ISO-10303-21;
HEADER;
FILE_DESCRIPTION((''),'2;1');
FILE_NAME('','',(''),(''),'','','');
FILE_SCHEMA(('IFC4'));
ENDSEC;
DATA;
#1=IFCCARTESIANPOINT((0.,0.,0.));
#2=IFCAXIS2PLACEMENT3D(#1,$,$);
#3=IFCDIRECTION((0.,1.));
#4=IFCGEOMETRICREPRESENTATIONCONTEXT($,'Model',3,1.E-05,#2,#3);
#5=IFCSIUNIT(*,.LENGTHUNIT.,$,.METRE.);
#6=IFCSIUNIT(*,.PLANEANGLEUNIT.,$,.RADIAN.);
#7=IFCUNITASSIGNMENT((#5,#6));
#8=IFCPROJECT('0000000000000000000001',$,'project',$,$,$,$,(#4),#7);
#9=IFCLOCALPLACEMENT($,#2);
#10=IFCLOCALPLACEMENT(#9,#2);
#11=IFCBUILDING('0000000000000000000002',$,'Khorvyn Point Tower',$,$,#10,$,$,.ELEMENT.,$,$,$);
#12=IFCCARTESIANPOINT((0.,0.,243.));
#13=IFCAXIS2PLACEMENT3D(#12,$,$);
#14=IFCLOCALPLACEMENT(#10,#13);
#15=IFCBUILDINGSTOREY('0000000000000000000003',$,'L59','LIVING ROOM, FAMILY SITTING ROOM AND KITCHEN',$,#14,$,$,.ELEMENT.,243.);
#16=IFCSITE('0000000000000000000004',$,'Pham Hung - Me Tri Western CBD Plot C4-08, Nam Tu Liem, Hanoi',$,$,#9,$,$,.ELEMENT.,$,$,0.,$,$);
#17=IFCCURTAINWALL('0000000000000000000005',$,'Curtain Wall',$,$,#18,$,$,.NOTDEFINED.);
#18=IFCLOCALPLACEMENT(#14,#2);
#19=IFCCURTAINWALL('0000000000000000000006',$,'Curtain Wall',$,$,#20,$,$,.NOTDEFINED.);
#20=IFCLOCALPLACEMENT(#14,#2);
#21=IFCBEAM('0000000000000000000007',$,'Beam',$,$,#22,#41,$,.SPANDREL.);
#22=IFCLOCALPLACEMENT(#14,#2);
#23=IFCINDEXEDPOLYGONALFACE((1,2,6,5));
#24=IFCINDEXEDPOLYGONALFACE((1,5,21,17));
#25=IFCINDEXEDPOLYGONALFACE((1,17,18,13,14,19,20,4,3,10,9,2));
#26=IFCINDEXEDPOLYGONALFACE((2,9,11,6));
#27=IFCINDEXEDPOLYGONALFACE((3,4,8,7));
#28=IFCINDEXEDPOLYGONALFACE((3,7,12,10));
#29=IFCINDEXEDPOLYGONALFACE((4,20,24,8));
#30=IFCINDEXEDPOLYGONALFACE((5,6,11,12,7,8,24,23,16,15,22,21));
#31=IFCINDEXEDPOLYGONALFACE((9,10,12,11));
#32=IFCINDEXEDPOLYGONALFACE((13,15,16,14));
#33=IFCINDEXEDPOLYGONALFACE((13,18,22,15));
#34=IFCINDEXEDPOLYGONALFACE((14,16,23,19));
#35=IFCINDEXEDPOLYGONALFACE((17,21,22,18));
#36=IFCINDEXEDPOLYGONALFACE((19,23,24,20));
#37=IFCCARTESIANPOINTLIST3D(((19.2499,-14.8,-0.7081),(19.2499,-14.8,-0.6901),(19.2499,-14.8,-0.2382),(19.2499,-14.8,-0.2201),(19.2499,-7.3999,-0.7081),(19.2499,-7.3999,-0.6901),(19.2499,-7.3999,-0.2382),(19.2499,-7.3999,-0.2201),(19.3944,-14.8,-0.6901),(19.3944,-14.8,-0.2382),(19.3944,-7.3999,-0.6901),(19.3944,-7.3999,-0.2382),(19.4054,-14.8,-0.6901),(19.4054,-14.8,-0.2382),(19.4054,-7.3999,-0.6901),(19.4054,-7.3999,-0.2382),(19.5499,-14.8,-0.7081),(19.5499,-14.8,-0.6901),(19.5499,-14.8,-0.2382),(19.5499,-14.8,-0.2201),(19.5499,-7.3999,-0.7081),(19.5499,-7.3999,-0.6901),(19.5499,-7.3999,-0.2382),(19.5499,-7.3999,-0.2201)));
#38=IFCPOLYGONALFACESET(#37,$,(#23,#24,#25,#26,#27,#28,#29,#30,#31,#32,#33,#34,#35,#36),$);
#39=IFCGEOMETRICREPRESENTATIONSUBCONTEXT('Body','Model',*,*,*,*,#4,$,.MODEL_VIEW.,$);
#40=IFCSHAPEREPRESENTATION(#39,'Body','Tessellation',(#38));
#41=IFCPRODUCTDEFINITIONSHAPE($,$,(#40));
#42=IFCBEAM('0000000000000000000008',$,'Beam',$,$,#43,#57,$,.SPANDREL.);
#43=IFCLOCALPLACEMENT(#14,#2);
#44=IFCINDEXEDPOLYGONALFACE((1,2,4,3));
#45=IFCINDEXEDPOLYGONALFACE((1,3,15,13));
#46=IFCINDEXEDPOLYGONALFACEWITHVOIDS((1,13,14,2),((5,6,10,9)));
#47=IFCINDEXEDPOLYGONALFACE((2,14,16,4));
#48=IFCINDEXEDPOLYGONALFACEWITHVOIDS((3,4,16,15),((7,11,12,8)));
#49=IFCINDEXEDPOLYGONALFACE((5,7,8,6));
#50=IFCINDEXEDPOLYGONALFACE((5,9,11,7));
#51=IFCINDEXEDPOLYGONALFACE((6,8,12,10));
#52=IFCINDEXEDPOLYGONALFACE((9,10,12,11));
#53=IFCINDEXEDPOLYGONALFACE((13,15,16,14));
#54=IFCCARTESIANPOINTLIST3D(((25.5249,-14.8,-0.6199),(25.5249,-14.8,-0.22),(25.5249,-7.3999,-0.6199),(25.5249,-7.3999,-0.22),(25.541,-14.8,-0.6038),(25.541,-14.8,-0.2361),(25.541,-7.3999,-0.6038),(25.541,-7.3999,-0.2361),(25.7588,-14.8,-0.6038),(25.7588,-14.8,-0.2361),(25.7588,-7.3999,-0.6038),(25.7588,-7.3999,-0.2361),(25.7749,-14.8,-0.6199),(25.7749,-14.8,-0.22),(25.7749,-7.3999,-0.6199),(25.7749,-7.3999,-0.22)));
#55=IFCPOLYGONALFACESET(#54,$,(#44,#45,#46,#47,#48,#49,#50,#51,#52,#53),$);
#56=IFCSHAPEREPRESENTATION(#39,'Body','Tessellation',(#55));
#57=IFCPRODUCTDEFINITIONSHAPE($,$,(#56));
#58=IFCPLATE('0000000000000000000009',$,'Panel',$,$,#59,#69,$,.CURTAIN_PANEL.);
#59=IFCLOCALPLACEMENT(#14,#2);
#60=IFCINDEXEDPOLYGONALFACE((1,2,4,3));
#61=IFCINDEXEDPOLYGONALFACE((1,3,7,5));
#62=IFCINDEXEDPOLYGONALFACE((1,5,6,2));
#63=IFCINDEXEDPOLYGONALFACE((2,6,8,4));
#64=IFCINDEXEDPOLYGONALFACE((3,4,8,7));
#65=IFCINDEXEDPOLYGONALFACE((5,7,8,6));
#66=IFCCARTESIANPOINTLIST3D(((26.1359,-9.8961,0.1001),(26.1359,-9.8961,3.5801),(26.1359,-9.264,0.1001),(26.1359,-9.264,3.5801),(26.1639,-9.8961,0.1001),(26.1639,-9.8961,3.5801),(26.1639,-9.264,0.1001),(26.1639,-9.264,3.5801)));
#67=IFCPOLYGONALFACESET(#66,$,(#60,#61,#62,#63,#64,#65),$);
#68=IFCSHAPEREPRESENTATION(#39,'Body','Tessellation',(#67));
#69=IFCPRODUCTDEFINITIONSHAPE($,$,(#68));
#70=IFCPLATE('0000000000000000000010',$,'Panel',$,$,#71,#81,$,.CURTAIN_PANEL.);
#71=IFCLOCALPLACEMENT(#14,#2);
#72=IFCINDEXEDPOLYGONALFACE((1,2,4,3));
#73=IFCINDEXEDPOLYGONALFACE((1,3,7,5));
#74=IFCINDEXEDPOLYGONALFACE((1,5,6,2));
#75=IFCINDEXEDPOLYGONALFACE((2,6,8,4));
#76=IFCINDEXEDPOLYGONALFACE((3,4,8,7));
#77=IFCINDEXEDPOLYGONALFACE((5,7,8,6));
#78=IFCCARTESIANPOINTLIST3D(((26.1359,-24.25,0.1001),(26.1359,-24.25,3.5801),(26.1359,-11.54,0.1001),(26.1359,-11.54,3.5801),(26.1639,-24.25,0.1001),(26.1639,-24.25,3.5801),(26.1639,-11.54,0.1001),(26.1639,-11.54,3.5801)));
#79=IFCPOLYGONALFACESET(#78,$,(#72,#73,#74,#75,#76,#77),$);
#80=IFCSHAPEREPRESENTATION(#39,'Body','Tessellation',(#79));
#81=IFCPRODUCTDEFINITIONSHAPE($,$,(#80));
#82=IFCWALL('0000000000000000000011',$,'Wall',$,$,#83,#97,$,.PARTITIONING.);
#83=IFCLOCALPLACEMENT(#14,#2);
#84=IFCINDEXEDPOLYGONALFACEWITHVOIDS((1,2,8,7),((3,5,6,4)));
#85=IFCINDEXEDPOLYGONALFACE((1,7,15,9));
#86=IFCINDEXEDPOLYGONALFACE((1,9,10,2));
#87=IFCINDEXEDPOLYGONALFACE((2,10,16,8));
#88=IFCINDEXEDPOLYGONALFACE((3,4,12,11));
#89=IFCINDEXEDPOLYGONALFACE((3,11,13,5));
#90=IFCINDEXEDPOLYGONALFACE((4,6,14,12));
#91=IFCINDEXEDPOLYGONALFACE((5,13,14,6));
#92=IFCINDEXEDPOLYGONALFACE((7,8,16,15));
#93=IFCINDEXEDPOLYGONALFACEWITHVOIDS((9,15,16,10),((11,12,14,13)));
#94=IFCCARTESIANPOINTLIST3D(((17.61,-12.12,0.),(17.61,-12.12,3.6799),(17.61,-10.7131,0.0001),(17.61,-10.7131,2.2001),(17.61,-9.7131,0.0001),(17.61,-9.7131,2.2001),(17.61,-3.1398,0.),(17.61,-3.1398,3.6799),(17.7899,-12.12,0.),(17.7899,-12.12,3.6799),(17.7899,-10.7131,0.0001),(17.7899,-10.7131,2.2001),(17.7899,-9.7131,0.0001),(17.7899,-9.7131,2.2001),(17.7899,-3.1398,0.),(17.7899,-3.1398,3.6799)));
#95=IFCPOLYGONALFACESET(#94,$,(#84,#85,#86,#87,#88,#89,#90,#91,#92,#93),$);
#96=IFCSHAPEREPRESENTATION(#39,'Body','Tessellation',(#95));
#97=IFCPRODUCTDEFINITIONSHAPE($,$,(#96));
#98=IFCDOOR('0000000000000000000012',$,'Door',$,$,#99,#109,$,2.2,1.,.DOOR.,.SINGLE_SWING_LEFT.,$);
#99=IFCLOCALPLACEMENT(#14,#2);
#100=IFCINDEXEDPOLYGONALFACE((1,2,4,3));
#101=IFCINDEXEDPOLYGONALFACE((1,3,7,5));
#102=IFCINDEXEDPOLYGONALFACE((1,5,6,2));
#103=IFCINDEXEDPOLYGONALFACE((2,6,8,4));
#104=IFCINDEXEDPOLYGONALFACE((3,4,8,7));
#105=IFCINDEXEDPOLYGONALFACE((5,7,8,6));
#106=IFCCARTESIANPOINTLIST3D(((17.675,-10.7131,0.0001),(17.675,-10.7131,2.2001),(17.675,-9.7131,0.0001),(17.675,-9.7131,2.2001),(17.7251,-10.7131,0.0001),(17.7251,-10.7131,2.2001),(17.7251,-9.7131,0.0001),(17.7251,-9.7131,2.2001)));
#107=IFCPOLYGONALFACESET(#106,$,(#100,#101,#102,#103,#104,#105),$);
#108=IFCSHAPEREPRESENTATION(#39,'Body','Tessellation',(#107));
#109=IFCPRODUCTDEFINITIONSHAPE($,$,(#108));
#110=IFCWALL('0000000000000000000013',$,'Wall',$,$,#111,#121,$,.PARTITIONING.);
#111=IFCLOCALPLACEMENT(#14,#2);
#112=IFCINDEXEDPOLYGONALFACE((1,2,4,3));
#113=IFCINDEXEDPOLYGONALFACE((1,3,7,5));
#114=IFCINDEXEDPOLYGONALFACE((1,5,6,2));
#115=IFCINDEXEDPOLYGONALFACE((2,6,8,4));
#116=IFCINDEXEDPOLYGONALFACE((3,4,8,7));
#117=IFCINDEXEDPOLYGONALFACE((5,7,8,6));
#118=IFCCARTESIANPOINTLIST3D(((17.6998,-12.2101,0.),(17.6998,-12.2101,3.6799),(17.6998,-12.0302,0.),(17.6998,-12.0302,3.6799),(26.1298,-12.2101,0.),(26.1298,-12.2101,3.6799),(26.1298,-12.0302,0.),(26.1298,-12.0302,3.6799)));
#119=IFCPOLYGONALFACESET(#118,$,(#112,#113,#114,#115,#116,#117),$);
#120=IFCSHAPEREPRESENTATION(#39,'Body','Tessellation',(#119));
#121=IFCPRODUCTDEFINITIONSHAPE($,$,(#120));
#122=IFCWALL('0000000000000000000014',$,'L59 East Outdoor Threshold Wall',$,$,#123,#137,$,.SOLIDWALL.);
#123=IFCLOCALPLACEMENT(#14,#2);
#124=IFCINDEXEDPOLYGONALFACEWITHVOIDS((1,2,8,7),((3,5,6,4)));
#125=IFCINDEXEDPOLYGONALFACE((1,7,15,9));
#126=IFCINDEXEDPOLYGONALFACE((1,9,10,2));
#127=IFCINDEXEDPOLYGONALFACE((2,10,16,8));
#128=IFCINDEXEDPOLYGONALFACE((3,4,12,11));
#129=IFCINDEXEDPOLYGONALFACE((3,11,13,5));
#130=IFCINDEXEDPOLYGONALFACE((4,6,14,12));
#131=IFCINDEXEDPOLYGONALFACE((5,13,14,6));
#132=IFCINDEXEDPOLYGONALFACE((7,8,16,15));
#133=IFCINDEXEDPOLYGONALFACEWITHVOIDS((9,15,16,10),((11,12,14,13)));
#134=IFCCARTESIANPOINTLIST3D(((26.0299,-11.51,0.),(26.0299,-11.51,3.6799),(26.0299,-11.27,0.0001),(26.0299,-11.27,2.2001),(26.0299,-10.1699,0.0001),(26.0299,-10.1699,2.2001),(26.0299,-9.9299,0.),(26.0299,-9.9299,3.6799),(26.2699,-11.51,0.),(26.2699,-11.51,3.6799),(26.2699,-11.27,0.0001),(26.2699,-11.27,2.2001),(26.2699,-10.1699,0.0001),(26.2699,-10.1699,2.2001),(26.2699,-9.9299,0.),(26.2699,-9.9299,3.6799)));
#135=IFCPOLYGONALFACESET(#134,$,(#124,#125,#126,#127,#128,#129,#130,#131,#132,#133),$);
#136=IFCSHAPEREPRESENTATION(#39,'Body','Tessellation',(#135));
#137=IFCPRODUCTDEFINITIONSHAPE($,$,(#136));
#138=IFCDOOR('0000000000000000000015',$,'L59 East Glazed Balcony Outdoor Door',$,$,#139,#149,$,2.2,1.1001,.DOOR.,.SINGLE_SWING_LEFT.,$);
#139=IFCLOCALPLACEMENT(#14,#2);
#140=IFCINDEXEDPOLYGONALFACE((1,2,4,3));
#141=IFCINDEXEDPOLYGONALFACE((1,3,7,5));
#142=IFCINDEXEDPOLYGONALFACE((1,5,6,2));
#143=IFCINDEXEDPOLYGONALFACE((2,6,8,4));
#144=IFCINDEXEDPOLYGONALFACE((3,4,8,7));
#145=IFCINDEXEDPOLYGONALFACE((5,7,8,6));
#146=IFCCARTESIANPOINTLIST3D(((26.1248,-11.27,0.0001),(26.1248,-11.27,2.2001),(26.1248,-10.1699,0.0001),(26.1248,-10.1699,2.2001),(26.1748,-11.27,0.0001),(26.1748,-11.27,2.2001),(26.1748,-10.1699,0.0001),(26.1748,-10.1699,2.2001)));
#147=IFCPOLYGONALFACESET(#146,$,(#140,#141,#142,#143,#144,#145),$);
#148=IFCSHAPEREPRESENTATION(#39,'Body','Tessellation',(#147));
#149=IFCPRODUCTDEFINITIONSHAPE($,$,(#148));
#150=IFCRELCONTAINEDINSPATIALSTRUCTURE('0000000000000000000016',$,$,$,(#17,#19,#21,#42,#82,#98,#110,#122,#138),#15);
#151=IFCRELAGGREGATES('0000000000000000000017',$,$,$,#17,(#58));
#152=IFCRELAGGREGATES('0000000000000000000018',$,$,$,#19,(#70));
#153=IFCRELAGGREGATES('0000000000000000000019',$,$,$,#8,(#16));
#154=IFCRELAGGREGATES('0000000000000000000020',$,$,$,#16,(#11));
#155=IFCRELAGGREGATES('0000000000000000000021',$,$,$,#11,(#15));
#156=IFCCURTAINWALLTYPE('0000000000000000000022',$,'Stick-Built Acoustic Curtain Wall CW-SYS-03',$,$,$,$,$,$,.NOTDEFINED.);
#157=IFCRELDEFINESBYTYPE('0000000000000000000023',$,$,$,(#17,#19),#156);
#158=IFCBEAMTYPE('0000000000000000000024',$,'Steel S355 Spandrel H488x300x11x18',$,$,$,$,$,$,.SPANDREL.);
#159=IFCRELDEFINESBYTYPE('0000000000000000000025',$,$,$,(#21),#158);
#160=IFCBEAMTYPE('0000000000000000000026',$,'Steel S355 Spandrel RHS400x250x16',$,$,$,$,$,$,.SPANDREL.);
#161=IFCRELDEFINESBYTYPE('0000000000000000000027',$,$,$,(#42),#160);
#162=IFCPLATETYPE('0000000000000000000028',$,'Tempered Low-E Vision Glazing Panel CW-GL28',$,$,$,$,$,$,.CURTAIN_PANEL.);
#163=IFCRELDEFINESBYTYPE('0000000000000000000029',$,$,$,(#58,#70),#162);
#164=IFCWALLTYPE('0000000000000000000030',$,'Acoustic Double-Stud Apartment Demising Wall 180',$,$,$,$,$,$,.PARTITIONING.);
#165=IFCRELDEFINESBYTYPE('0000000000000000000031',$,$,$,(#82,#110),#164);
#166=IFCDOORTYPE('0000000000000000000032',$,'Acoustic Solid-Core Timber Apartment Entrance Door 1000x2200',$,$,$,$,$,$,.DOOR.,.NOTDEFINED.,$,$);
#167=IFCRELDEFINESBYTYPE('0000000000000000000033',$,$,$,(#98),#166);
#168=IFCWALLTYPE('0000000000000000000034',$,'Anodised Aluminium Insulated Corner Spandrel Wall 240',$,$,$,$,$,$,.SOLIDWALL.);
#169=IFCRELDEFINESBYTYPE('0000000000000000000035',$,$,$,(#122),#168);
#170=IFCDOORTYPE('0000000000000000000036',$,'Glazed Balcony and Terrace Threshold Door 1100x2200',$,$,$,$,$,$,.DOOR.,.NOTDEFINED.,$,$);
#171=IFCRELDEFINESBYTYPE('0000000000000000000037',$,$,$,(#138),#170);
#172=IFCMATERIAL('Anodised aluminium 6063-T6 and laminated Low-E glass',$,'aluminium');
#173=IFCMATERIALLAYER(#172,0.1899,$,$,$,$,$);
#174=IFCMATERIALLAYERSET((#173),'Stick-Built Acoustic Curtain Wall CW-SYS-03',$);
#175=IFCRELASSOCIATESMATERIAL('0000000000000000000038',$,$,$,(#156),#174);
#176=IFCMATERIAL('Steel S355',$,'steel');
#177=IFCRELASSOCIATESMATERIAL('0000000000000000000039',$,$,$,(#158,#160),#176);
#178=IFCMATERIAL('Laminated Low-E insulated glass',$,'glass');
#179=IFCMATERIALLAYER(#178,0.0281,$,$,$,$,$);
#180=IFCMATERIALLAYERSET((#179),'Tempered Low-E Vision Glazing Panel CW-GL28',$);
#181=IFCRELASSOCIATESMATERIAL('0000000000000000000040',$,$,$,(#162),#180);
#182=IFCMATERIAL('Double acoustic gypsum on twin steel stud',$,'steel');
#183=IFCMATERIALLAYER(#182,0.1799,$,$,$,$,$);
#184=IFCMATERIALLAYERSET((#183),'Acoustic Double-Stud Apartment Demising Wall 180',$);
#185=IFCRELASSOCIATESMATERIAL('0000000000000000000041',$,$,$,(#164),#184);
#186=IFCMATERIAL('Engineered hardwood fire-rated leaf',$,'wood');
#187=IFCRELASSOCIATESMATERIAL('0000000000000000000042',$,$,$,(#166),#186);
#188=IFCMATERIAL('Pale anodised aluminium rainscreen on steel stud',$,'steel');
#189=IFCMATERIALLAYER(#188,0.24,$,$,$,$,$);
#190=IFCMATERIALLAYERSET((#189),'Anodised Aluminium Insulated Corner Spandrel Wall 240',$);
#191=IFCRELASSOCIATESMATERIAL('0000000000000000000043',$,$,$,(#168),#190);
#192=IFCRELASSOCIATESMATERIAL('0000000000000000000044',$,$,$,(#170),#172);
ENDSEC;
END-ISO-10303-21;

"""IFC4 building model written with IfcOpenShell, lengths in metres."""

from ifc_helpers import new_model, si_unit, direction, frame, frame_2d, origin, origin_2d, place, context, subcontext, project, spatial, rectangle, hollow_rectangle, i_section, extrude, material, layer, layer_set, material_profile, profile_set, type_object, element, fill, aggregate, save


model = new_model("IFC4")

# Units and contexts
model_context = context("Model", 3, precision=1e-05, world=origin(), true_north=direction((0.0, 1.0)))
body_context = subcontext(model_context, "Body", "Model", "MODEL_VIEW")
ifc_project = project(units=[si_unit("LENGTHUNIT", "METRE"), si_unit("PLANEANGLEUNIT", "RADIAN")], contexts=[model_context])

# Site, building, storey
site_placement = place(None, origin())
site = spatial("IfcSite", under=ifc_project, at=site_placement, Name="Pham Hung - Me Tri Western CBD Plot C4-08, Nam Tu Liem, Hanoi", CompositionType="ELEMENT", RefElevation=0.0)
building_placement = place(site_placement, origin())
building = spatial("IfcBuilding", under=site, at=building_placement, Name="Khorvyn Point Tower", CompositionType="ELEMENT")
storey_placement = place(building_placement, frame((0.0, 0.0, 243.0)))
storey = spatial("IfcBuildingStorey", under=building, at=storey_placement, Name="L59", Description="LIVING ROOM, FAMILY SITTING ROOM AND KITCHEN", CompositionType="ELEMENT", Elevation=243.0)

# Curtain wall
ifc_material_1 = material(Name="Anodised aluminium 6063-T6 and laminated Low-E glass", Category="aluminium")
ifc_layer_1 = layer(ifc_material_1, 0.1899)
ifc_layer_set_1 = layer_set([ifc_layer_1], Name="Stick-Built Acoustic Curtain Wall CW-SYS-03")
curtain_wall_type = type_object("IfcCurtainWallType", Name="Stick-Built Acoustic Curtain Wall CW-SYS-03", PredefinedType="NOTDEFINED", material=ifc_layer_set_1)
curtain_wall_1_placement = place(storey_placement, origin())
curtain_wall_1 = element("IfcCurtainWall", 1, at=curtain_wall_1_placement, inside=storey, type_object=curtain_wall_type, Name="Curtain Wall", PredefinedType="NOTDEFINED")

# Curtain wall
curtain_wall_2_placement = place(storey_placement, origin())
curtain_wall_2 = element("IfcCurtainWall", 2, at=curtain_wall_2_placement, inside=storey, type_object=curtain_wall_type, Name="Curtain Wall", PredefinedType="NOTDEFINED")

# Beams
ifc_material_2 = material(Name="Steel S355", Category="steel")
ifc_material_profile_1 = material_profile(ifc_material_2, i_section(OverallWidth=0.3, OverallDepth=0.488, WebThickness=0.011, FlangeThickness=0.0181, at=origin_2d()))
ifc_profile_set_1 = profile_set([ifc_material_profile_1], Name="Steel S355 H488x300x11x18")
beam_type_1 = type_object("IfcBeamType", Name="Steel S355 Spandrel H488x300x11x18", PredefinedType="SPANDREL", material=ifc_profile_set_1)
for number, where, z_axis, x_axis, name in (
    (3, (19.3999, -14.8, -0.4641), (0.0, 1.0, 0.0), (-1.0, 0.0, 0.0), "Beam"),
):
    element("IfcBeam", number, at=place(storey_placement, frame(where, z_axis=z_axis, x_axis=x_axis)), inside=storey, type_object=beam_type_1, Name=name, PredefinedType="SPANDREL", context=body_context, shape_type="SweptSolid", body=[
        extrude(i_section(OverallWidth=0.3, OverallDepth=0.488, WebThickness=0.011, FlangeThickness=0.0181, at=origin_2d()), origin(), (0.0, 0.0, 1.0), 7.4001),
    ])
ifc_material_profile_2 = material_profile(ifc_material_2, hollow_rectangle(XDim=0.25, YDim=0.3999, WallThickness=0.0161, at=origin_2d()))
ifc_profile_set_2 = profile_set([ifc_material_profile_2], Name="Steel S355 RHS400x250x16")
beam_type_2 = type_object("IfcBeamType", Name="Steel S355 Spandrel RHS400x250x16", PredefinedType="SPANDREL", material=ifc_profile_set_2)
beam_1_placement = place(storey_placement, frame((25.6499, -14.8, -0.4199), z_axis=(0.0, 1.0, 0.0), x_axis=(-1.0, 0.0, 0.0)))
element("IfcBeam", 4, at=beam_1_placement, inside=storey, type_object=beam_type_2, Name="Beam", PredefinedType="SPANDREL", context=body_context, shape_type="SweptSolid", body=[
    extrude(hollow_rectangle(XDim=0.25, YDim=0.3999, WallThickness=0.0161, at=origin_2d()), origin(), (0.0, 0.0, 1.0), 7.4001),
])

# Plates
ifc_material_3 = material(Name="Laminated Low-E insulated glass", Category="glass")
ifc_layer_2 = layer(ifc_material_3, 0.0281)
ifc_layer_set_2 = layer_set([ifc_layer_2], Name="Tempered Low-E Vision Glazing Panel CW-GL28")
plate_type = type_object("IfcPlateType", Name="Tempered Low-E Vision Glazing Panel CW-GL28", PredefinedType="CURTAIN_PANEL", material=ifc_layer_set_2)
plate_1_placement = place(storey_placement, frame((26.1499, -9.5801, 0.1001), z_axis=(0.0, 0.0, 1.0), x_axis=(0.0, -1.0, 0.0)))
plate_1 = element("IfcPlate", 5, at=plate_1_placement, type_object=plate_type, Name="Panel", PredefinedType="CURTAIN_PANEL", context=body_context, shape_type="SweptSolid", body=[
    extrude(rectangle(XDim=0.6321, YDim=0.0281, at=origin_2d()), origin(), (0.0, 0.0, 1.0), 3.48),
])
aggregate(curtain_wall_1, [plate_1])
plate_2_placement = place(storey_placement, frame((26.1499, -17.895, 0.1001), z_axis=(0.0, 0.0, 1.0), x_axis=(0.0, -1.0, 0.0)))
plate_2 = element("IfcPlate", 6, at=plate_2_placement, type_object=plate_type, Name="Panel", PredefinedType="CURTAIN_PANEL", context=body_context, shape_type="SweptSolid", body=[
    extrude(rectangle(XDim=12.71, YDim=0.0281, at=origin_2d()), origin(), (0.0, 0.0, 1.0), 3.48),
])
aggregate(curtain_wall_2, [plate_2])

# Wall, opening, door
ifc_material_4 = material(Name="Double acoustic gypsum on twin steel stud", Category="steel")
ifc_layer_3 = layer(ifc_material_4, 0.1799)
ifc_layer_set_3 = layer_set([ifc_layer_3], Name="Acoustic Double-Stud Apartment Demising Wall 180")
wall_type_1 = type_object("IfcWallType", Name="Acoustic Double-Stud Apartment Demising Wall 180", PredefinedType="PARTITIONING", material=ifc_layer_set_3)
wall_1_placement = place(storey_placement, frame((17.7, -12.1201, 0.0), z_axis=(0.0, 0.0, 1.0), x_axis=(0.0, 1.0, 0.0)))
wall_1 = element("IfcWall", 7, at=wall_1_placement, inside=storey, type_object=wall_type_1, Name="Wall", PredefinedType="PARTITIONING", context=body_context, shape_type="SweptSolid", body=[
    extrude(rectangle(XDim=8.9802, YDim=0.1799, at=frame_2d((4.4902, 0.0))), origin(), (0.0, 0.0, 1.0), 3.6799),
])
opening_1_placement = place(wall_1_placement, frame((1.407, 0.0, 0.0)))
opening_1 = element("IfcOpeningElement", 8, at=opening_1_placement, cuts=wall_1, PredefinedType="OPENING", context=body_context, shape_type="SweptSolid", body=[
    extrude(rectangle(XDim=1.0, YDim=2.2, at=frame_2d((0.5, 1.1001))), frame((0.0, 0.0999, 0.0), z_axis=(0.0, -1.0, 0.0), x_axis=(1.0, 0.0, 0.0)), (0.0, 0.0, 1.0), 0.2),
])
ifc_material_5 = material(Name="Engineered hardwood fire-rated leaf", Category="wood")
door_type_1 = type_object("IfcDoorType", Name="Acoustic Solid-Core Timber Apartment Entrance Door 1000x2200", OperationType="NOTDEFINED", PredefinedType="DOOR", material=ifc_material_5)
door_1_placement = place(opening_1_placement, origin())
door_1 = element("IfcDoor", 9, at=door_1_placement, inside=storey, type_object=door_type_1, Name="Door", OperationType="SINGLE_SWING_LEFT", OverallHeight=2.2, OverallWidth=1.0, PredefinedType="DOOR", context=body_context, shape_type="SweptSolid", body=[
    extrude(rectangle(XDim=1.0, YDim=2.2, at=frame_2d((0.5, 1.1001))), frame((0.0, 0.0249, 0.0), z_axis=(0.0, -1.0, 0.0), x_axis=(1.0, 0.0, 0.0)), (0.0, 0.0, 1.0), 0.05),
])
fill(opening_1, door_1)

# Wall
wall_2_placement = place(storey_placement, frame((17.7, -12.1201, 0.0), z_axis=(0.0, 0.0, 1.0), x_axis=(1.0, 0.0, 0.0)))
element("IfcWall", 10, at=wall_2_placement, inside=storey, type_object=wall_type_1, Name="Wall", PredefinedType="PARTITIONING", context=body_context, shape_type="SweptSolid", body=[
    extrude(rectangle(XDim=8.4299, YDim=0.1799, at=frame_2d((4.2148, 0.0))), origin(), (0.0, 0.0, 1.0), 3.6799),
])

# Wall, opening, door
ifc_material_6 = material(Name="Pale anodised aluminium rainscreen on steel stud", Category="steel")
ifc_layer_4 = layer(ifc_material_6, 0.24)
ifc_layer_set_4 = layer_set([ifc_layer_4], Name="Anodised Aluminium Insulated Corner Spandrel Wall 240")
wall_type_2 = type_object("IfcWallType", Name="Anodised Aluminium Insulated Corner Spandrel Wall 240", PredefinedType="SOLIDWALL", material=ifc_layer_set_4)
wall_3_placement = place(storey_placement, frame((26.1499, -9.9299, 0.0), z_axis=(0.0, 0.0, 1.0), x_axis=(0.0, -1.0, 0.0)))
wall_3 = element("IfcWall", 11, at=wall_3_placement, inside=storey, type_object=wall_type_2, Name="L59 East Outdoor Threshold Wall", PredefinedType="SOLIDWALL", context=body_context, shape_type="SweptSolid", body=[
    extrude(rectangle(XDim=1.5801, YDim=0.24, at=frame_2d((0.79, 0.0))), origin(), (0.0, 0.0, 1.0), 3.6799),
])
opening_2_placement = place(wall_3_placement, frame((0.24, 0.0, 0.0)))
opening_2 = element("IfcOpeningElement", 12, at=opening_2_placement, cuts=wall_3, PredefinedType="OPENING", context=body_context, shape_type="SweptSolid", body=[
    extrude(rectangle(XDim=1.1001, YDim=2.2, at=frame_2d((0.55, 1.1001))), frame((0.0, 0.1299, 0.0), z_axis=(0.0, -1.0, 0.0), x_axis=(1.0, 0.0, 0.0)), (0.0, 0.0, 1.0), 0.26),
])
door_type_2 = type_object("IfcDoorType", Name="Glazed Balcony and Terrace Threshold Door 1100x2200", OperationType="NOTDEFINED", PredefinedType="DOOR", material=ifc_material_1)
door_2_placement = place(opening_2_placement, origin())
door_2 = element("IfcDoor", 13, at=door_2_placement, inside=storey, type_object=door_type_2, Name="L59 East Glazed Balcony Outdoor Door", OperationType="SINGLE_SWING_LEFT", OverallHeight=2.2, OverallWidth=1.1001, PredefinedType="DOOR", context=body_context, shape_type="SweptSolid", body=[
    extrude(rectangle(XDim=1.1001, YDim=2.2, at=frame_2d((0.55, 1.1001))), frame((0.0, 0.0249, 0.0), z_axis=(0.0, -1.0, 0.0), x_axis=(1.0, 0.0, 0.0)), (0.0, 0.0, 1.0), 0.05),
])
fill(opening_2, door_2)

save(model, "model.ifc")
